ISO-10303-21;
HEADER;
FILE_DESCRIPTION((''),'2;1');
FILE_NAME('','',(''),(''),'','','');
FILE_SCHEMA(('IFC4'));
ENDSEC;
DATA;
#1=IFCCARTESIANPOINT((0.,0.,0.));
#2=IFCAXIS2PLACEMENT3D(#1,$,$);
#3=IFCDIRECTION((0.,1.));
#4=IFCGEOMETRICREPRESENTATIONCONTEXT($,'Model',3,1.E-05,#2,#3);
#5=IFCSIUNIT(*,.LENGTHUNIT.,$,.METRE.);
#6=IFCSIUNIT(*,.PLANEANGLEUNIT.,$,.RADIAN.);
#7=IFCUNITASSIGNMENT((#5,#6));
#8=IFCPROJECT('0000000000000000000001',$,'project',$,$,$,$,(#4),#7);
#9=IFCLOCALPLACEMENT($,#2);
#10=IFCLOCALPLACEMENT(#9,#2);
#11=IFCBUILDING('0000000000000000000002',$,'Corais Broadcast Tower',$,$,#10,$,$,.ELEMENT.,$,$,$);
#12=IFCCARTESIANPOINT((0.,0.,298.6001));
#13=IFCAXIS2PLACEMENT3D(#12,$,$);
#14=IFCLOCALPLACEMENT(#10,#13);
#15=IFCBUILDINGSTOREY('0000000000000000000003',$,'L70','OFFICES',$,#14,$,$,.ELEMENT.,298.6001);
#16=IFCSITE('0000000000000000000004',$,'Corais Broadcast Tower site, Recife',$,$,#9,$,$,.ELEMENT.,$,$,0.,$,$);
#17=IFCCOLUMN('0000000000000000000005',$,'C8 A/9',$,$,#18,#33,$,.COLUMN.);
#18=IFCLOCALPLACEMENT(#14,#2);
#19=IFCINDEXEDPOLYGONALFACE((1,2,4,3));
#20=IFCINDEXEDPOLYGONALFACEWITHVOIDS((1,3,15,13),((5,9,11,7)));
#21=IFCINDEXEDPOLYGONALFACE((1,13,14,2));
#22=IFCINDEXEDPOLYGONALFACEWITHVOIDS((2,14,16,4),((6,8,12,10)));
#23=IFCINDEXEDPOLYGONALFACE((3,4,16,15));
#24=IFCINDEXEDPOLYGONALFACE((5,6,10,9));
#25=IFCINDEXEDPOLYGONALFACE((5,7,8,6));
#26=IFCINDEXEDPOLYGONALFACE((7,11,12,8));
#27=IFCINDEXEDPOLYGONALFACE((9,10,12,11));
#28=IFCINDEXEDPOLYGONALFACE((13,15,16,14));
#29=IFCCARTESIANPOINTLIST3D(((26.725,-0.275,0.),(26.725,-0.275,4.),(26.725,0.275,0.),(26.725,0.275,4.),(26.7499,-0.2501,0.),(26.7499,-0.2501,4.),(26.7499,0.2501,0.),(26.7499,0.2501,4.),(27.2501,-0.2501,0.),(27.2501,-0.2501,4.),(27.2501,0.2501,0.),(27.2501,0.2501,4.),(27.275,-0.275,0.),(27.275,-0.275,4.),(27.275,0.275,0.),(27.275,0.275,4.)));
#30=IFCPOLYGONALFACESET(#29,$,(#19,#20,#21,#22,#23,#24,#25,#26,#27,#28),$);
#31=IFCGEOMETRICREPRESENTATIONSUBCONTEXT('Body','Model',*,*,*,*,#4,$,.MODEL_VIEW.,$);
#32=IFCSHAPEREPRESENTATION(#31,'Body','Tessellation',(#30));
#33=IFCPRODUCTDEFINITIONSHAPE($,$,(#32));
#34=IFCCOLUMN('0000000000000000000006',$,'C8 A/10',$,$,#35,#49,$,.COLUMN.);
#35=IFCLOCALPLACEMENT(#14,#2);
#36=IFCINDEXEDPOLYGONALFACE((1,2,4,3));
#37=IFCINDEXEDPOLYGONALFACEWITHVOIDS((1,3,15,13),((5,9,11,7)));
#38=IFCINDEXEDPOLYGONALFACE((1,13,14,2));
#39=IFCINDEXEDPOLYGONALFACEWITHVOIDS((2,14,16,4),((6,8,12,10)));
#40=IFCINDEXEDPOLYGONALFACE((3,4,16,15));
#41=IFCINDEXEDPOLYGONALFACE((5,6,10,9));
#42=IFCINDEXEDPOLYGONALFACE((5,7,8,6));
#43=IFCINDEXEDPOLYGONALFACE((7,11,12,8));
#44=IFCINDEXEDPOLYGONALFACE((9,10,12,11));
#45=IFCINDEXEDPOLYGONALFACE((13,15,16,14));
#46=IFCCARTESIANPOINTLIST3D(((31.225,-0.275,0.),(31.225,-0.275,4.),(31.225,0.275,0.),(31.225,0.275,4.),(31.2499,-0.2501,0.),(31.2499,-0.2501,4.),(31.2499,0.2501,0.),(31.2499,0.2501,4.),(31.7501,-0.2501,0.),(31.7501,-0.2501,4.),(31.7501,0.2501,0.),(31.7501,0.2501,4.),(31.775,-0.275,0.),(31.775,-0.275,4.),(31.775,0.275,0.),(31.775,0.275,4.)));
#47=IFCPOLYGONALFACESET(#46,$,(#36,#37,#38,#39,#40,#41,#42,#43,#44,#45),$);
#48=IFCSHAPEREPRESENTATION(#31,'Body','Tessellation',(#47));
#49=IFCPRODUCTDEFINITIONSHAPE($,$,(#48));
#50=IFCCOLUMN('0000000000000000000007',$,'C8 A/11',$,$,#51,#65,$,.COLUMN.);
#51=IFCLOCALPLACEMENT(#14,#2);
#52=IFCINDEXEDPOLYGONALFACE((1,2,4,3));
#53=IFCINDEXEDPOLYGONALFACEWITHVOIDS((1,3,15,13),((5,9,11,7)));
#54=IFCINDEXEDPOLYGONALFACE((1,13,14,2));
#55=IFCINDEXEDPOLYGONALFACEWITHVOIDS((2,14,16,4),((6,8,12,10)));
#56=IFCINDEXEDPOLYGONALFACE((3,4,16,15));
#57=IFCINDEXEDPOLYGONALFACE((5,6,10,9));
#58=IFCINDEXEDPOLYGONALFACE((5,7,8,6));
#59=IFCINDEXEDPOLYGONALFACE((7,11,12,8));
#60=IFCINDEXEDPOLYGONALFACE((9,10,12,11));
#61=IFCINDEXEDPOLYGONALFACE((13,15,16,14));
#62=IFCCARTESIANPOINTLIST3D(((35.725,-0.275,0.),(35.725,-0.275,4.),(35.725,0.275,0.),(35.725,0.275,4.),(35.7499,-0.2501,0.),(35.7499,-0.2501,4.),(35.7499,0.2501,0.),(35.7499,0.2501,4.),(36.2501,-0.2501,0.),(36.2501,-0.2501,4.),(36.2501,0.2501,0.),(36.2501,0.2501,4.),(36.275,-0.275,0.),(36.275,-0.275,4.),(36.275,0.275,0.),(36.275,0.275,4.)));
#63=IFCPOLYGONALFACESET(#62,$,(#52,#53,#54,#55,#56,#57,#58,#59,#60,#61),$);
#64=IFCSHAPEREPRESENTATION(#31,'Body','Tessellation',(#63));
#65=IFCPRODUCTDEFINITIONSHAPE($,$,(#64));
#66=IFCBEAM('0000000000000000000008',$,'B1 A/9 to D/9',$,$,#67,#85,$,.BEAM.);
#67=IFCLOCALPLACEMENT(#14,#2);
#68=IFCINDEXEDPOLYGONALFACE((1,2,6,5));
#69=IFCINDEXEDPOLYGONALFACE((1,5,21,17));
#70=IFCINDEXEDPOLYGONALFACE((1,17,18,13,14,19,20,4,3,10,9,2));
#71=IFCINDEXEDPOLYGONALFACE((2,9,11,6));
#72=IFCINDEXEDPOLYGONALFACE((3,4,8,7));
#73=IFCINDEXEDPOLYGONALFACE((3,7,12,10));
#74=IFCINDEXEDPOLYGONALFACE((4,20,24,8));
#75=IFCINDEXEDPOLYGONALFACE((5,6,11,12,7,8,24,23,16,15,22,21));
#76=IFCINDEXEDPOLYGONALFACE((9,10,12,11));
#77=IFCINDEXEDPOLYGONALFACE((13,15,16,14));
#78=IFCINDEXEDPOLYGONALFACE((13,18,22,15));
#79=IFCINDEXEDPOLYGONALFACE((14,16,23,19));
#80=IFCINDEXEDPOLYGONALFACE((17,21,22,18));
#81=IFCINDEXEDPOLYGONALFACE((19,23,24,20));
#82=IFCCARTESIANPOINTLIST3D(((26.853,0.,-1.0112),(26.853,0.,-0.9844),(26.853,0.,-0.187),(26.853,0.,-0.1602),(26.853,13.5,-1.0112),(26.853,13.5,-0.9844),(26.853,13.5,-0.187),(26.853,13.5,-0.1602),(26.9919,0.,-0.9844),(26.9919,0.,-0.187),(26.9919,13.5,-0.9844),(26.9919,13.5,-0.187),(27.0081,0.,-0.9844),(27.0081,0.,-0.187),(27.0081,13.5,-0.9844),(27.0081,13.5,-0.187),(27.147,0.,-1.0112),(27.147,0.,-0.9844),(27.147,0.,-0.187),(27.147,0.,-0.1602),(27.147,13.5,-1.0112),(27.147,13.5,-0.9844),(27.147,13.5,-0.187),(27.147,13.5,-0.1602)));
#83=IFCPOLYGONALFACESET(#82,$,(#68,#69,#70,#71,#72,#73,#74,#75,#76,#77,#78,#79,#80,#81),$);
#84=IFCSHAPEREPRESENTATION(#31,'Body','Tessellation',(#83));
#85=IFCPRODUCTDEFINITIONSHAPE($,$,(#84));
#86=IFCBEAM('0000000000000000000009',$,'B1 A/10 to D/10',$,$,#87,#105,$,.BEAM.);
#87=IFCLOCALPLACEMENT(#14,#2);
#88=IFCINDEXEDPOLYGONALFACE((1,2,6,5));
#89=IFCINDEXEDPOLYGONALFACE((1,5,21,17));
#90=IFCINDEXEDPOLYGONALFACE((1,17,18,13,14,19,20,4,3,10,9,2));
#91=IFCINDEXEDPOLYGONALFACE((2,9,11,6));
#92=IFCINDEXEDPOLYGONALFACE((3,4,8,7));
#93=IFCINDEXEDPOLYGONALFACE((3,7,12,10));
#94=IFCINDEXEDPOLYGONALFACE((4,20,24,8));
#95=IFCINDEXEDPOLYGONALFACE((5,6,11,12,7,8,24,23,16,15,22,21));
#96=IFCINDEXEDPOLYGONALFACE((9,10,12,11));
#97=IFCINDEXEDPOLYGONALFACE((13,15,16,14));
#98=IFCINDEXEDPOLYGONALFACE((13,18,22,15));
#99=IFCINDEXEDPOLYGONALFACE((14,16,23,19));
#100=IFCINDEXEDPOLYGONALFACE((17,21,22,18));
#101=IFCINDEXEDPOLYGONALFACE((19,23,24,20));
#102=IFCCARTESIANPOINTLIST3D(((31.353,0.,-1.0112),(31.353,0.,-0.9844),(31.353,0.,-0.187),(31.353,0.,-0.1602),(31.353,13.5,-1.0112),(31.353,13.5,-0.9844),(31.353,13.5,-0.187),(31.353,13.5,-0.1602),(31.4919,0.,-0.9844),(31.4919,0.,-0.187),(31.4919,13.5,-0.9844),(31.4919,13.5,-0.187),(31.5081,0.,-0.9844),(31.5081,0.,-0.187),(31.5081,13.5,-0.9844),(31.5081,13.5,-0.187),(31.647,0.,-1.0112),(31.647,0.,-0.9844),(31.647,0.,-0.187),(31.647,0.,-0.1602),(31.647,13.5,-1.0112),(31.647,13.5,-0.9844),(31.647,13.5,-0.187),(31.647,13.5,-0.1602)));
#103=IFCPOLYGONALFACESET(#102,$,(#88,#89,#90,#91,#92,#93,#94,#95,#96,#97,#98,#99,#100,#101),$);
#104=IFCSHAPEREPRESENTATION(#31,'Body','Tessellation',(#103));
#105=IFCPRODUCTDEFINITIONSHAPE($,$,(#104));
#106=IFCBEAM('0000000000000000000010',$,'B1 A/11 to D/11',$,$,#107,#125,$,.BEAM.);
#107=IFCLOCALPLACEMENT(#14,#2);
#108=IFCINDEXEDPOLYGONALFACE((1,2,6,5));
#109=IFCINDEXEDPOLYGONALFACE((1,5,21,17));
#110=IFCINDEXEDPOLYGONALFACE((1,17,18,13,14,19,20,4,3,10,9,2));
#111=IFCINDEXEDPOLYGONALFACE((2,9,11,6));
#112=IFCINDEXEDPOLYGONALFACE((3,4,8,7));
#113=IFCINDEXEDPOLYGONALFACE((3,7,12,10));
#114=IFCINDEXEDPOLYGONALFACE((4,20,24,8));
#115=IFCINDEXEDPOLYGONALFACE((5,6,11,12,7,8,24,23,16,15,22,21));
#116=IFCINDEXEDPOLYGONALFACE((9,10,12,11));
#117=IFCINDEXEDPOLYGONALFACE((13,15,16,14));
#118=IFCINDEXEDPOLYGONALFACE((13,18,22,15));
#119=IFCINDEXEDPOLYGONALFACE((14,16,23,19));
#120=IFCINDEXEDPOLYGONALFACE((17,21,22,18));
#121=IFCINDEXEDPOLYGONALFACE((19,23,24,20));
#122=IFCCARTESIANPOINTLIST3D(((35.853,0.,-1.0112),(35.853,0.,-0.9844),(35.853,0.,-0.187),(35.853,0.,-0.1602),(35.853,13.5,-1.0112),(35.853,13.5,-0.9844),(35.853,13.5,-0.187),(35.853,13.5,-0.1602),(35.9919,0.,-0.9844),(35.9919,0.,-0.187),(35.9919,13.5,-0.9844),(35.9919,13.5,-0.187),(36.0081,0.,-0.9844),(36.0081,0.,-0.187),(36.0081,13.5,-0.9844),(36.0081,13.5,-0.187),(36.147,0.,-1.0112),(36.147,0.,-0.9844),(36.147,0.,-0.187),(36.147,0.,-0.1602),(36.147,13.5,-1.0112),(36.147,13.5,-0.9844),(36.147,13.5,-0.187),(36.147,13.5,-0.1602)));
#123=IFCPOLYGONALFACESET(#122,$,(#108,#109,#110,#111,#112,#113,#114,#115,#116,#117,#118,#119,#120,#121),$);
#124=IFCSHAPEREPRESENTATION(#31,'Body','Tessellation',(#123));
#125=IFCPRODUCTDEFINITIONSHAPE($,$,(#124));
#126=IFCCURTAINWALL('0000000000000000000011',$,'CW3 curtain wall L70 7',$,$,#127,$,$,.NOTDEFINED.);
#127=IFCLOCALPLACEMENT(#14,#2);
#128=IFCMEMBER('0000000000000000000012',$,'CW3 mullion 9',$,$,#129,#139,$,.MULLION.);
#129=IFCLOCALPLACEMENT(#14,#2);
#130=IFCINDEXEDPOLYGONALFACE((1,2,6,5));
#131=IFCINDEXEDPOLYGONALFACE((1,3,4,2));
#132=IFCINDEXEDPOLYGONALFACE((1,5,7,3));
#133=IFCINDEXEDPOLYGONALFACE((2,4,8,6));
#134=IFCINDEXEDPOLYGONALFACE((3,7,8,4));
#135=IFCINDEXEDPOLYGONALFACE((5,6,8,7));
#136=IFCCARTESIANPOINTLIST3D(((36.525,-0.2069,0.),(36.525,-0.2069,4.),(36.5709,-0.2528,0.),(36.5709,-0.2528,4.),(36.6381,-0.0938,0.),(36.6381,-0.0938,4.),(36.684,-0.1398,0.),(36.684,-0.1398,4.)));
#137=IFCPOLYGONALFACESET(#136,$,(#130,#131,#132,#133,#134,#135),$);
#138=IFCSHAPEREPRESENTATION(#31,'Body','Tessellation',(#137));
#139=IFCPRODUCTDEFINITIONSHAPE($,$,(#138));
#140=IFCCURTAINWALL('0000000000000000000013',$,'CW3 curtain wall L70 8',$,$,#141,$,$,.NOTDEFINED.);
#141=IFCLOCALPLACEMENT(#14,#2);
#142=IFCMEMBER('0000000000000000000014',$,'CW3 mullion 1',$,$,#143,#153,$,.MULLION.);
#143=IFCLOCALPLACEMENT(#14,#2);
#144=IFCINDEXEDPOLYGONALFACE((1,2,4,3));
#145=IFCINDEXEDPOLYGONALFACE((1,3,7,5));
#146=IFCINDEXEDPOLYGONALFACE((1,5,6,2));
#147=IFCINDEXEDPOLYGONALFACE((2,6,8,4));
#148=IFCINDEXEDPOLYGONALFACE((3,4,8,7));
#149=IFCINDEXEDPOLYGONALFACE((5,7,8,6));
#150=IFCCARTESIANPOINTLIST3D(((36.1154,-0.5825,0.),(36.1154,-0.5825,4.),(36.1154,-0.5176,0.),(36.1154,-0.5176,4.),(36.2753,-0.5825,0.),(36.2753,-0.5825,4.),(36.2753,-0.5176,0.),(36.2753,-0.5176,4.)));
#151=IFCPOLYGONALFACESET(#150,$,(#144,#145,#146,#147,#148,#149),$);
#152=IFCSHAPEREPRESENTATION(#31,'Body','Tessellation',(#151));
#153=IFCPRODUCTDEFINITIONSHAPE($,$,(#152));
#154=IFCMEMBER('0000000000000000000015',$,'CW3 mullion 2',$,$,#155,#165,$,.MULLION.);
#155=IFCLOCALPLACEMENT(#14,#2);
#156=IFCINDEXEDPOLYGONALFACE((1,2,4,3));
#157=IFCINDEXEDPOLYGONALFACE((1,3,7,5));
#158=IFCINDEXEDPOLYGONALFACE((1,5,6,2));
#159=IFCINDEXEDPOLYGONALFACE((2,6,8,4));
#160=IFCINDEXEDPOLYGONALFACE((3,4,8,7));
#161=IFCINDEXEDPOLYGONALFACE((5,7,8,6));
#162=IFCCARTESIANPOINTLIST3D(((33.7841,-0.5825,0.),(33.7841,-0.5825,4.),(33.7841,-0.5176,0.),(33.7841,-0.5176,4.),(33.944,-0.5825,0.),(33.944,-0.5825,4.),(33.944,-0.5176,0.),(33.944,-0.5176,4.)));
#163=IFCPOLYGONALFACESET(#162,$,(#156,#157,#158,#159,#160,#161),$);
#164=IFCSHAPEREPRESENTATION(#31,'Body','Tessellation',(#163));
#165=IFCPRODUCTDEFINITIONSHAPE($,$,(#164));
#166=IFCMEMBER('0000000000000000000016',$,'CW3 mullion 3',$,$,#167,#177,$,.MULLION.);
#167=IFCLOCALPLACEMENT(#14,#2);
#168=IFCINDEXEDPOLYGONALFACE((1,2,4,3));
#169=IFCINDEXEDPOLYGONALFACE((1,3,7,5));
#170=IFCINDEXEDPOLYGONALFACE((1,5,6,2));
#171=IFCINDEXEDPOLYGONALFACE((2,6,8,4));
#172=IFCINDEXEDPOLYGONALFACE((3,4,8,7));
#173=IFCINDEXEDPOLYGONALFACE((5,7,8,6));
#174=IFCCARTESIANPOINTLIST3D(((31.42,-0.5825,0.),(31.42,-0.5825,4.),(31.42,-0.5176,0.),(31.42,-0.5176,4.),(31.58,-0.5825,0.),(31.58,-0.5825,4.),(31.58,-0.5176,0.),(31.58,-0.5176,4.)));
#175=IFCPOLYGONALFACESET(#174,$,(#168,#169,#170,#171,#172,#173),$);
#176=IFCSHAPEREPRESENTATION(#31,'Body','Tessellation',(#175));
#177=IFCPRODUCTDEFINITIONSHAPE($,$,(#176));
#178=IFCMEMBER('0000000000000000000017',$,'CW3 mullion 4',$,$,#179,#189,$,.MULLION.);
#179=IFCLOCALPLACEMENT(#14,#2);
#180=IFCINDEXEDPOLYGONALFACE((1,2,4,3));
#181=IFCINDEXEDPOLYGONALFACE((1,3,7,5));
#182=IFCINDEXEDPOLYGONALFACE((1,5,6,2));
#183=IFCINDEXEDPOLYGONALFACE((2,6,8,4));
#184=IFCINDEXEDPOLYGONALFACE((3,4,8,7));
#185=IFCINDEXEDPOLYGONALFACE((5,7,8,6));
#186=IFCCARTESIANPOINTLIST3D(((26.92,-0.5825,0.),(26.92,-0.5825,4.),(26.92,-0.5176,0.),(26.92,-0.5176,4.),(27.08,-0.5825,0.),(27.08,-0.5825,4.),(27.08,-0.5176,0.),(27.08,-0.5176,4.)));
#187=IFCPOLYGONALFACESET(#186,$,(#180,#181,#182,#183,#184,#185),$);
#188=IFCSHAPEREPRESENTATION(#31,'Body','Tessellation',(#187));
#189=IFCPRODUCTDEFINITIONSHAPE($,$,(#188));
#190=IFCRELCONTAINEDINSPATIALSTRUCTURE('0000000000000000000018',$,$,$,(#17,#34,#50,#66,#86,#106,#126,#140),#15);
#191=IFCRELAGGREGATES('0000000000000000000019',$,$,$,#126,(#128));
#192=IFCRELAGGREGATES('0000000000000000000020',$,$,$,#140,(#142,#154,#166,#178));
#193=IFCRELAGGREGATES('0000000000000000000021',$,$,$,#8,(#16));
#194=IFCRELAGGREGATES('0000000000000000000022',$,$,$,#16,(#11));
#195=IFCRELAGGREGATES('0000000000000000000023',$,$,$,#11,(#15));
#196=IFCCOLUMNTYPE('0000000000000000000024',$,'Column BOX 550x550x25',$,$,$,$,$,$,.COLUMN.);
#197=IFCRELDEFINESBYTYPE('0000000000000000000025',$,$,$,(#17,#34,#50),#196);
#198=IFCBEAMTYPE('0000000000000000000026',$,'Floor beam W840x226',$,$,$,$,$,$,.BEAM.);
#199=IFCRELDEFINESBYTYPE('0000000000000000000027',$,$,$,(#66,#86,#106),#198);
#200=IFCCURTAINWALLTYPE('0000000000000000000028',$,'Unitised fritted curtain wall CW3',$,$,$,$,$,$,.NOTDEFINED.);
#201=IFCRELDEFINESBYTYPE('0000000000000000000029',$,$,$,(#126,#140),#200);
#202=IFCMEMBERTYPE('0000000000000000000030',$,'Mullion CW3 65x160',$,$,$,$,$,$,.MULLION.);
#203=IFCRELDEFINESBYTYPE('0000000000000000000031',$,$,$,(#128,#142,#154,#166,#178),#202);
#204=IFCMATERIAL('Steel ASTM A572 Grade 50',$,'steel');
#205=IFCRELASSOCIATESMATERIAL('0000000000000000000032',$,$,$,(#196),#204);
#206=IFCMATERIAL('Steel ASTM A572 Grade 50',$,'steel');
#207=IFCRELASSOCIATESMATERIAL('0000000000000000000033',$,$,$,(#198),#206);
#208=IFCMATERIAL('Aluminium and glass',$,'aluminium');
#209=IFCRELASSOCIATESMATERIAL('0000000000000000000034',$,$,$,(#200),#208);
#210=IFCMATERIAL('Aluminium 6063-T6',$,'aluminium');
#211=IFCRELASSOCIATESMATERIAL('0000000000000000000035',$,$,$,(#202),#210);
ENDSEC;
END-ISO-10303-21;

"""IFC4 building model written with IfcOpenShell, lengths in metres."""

from ifc_helpers import new_model, si_unit, direction, frame, origin, origin_2d, place, context, subcontext, project, spatial, rectangle, hollow_rectangle, i_section, extrude, material, material_profile, profile_set, type_object, element, aggregate, save


model = new_model("IFC4")

# Units and contexts
model_context = context("Model", 3, precision=1e-05, world=origin(), true_north=direction((0.0, 1.0)))
body_context = subcontext(model_context, "Body", "Model", "MODEL_VIEW")
ifc_project = project(units=[si_unit("LENGTHUNIT", "METRE"), si_unit("PLANEANGLEUNIT", "RADIAN")], contexts=[model_context])

# Site, building, storey
site_placement = place(None, origin())
site = spatial("IfcSite", under=ifc_project, at=site_placement, Name="Corais Broadcast Tower site, Recife", CompositionType="ELEMENT", RefElevation=0.0)
building_placement = place(site_placement, origin())
building = spatial("IfcBuilding", under=site, at=building_placement, Name="Corais Broadcast Tower", CompositionType="ELEMENT")
storey_placement = place(building_placement, frame((0.0, 0.0, 298.6001)))
storey = spatial("IfcBuildingStorey", under=building, at=storey_placement, Name="L70", Description="OFFICES", CompositionType="ELEMENT", Elevation=298.6001)

# Columns
ifc_material_1 = material(Name="Steel ASTM A572 Grade 50", Category="steel")
ifc_material_profile_1 = material_profile(ifc_material_1, hollow_rectangle(XDim=0.55, YDim=0.55, WallThickness=0.0249, at=origin_2d()), Name="BOX 550x550x25")
ifc_profile_set_1 = profile_set([ifc_material_profile_1], Name="Steel ASTM A572 Grade 50")
column_type = type_object("IfcColumnType", Name="Column BOX 550x550x25", PredefinedType="COLUMN", material=ifc_profile_set_1)
for number, where, z_axis, x_axis, name in (
    (1, (27.0, 0.0, 0.0), (0.0, 0.0, 1.0), (1.0, 0.0, 0.0), "C8 A/9"),
    (2, (31.5, 0.0, 0.0), (0.0, 0.0, 1.0), (1.0, 0.0, 0.0), "C8 A/10"),
    (3, (36.0, 0.0, 0.0), (0.0, 0.0, 1.0), (1.0, 0.0, 0.0), "C8 A/11"),
):
    element("IfcColumn", number, at=place(storey_placement, frame(where, z_axis=z_axis, x_axis=x_axis)), inside=storey, type_object=column_type, Name=name, PredefinedType="COLUMN", context=body_context, shape_type="SweptSolid", body=[
        extrude(hollow_rectangle(XDim=0.55, YDim=0.55, WallThickness=0.0249, at=origin_2d()), origin(), (0.0, 0.0, 1.0), 4.0),
    ])

# Beams
ifc_material_2 = material(Name="Steel ASTM A572 Grade 50", Category="steel")
ifc_material_profile_2 = material_profile(ifc_material_2, i_section(OverallWidth=0.2939, OverallDepth=0.8511, WebThickness=0.0161, FlangeThickness=0.0269, at=origin_2d()), Name="W840x226")
ifc_profile_set_2 = profile_set([ifc_material_profile_2], Name="Steel ASTM A572 Grade 50")
beam_type_1 = type_object("IfcBeamType", Name="Floor beam W840x226", PredefinedType="BEAM", material=ifc_profile_set_2)
for number, where, z_axis, x_axis, name in (
    (4, (27.0, 0.0, -0.5857), (0.0, 1.0, 0.0), (-1.0, 0.0, 0.0), "B1 A/9 to D/9"),
    (5, (31.5, 0.0, -0.5857), (0.0, 1.0, 0.0), (-1.0, 0.0, 0.0), "B1 A/10 to D/10"),
    (6, (36.0, 0.0, -0.5857), (0.0, 1.0, 0.0), (-1.0, 0.0, 0.0), "B1 A/11 to D/11"),
):
    element("IfcBeam", number, at=place(storey_placement, frame(where, z_axis=z_axis, x_axis=x_axis)), inside=storey, type_object=beam_type_1, Name=name, PredefinedType="BEAM", context=body_context, shape_type="SweptSolid", body=[
        extrude(i_section(OverallWidth=0.2939, OverallDepth=0.8511, WebThickness=0.0161, FlangeThickness=0.0269, at=origin_2d()), origin(), (0.0, 0.0, 1.0), 13.5),
    ])

# Curtain wall, member
ifc_material_3 = material(Name="Aluminium and glass", Category="aluminium")
curtain_wall_type = type_object("IfcCurtainWallType", Name="Unitised fritted curtain wall CW3", PredefinedType="NOTDEFINED", material=ifc_material_3)
curtain_wall_1_placement = place(storey_placement, origin())
curtain_wall_1 = element("IfcCurtainWall", 7, at=curtain_wall_1_placement, inside=storey, type_object=curtain_wall_type, Name="CW3 curtain wall L70 7", PredefinedType="NOTDEFINED")
ifc_material_4 = material(Name="Aluminium 6063-T6", Category="aluminium")
ifc_material_profile_3 = material_profile(ifc_material_4, rectangle(XDim=0.0649, YDim=0.1599, at=origin_2d()), Name="Mullion CW3 65x160")
ifc_profile_set_3 = profile_set([ifc_material_profile_3], Name="Aluminium 6063-T6")
member_type_1 = type_object("IfcMemberType", Name="Mullion CW3 65x160", PredefinedType="MULLION", material=ifc_profile_set_3)
member_1_placement = place(storey_placement, frame((36.6045, -0.1733, 0.0), z_axis=(0.0, 0.0, 1.0), x_axis=(0.707107, -0.707107, 0.0)))
member_1 = element("IfcMember", 8, at=member_1_placement, type_object=member_type_1, Name="CW3 mullion 9", PredefinedType="MULLION", context=body_context, shape_type="SweptSolid", body=[
    extrude(rectangle(XDim=0.0649, YDim=0.1599, at=origin_2d()), origin(), (0.0, 0.0, 1.0), 4.0),
])
aggregate(curtain_wall_1, [member_1])

# Curtain wall, members
curtain_wall_2_placement = place(storey_placement, origin())
curtain_wall_2 = element("IfcCurtainWall", 9, at=curtain_wall_2_placement, inside=storey, type_object=curtain_wall_type, Name="CW3 curtain wall L70 8", PredefinedType="NOTDEFINED")
member_2_placement = place(storey_placement, frame((36.1953, -0.55, 0.0), z_axis=(0.0, 0.0, 1.0), x_axis=(0.0, -1.0, 0.0)))
member_2 = element("IfcMember", 10, at=member_2_placement, type_object=member_type_1, Name="CW3 mullion 1", PredefinedType="MULLION", context=body_context, shape_type="SweptSolid", body=[
    extrude(rectangle(XDim=0.0649, YDim=0.1599, at=origin_2d()), origin(), (0.0, 0.0, 1.0), 4.0),
])
member_3_placement = place(storey_placement, frame((33.864, -0.55, 0.0), z_axis=(0.0, 0.0, 1.0), x_axis=(0.0, -1.0, 0.0)))
member_3 = element("IfcMember", 11, at=member_3_placement, type_object=member_type_1, Name="CW3 mullion 2", PredefinedType="MULLION", context=body_context, shape_type="SweptSolid", body=[
    extrude(rectangle(XDim=0.0649, YDim=0.1599, at=origin_2d()), origin(), (0.0, 0.0, 1.0), 4.0),
])
member_4_placement = place(storey_placement, frame((31.5, -0.55, 0.0), z_axis=(0.0, 0.0, 1.0), x_axis=(0.0, -1.0, 0.0)))
member_4 = element("IfcMember", 12, at=member_4_placement, type_object=member_type_1, Name="CW3 mullion 3", PredefinedType="MULLION", context=body_context, shape_type="SweptSolid", body=[
    extrude(rectangle(XDim=0.0649, YDim=0.1599, at=origin_2d()), origin(), (0.0, 0.0, 1.0), 4.0),
])
member_5_placement = place(storey_placement, frame((27.0, -0.55, 0.0), z_axis=(0.0, 0.0, 1.0), x_axis=(0.0, -1.0, 0.0)))
member_5 = element("IfcMember", 13, at=member_5_placement, type_object=member_type_1, Name="CW3 mullion 4", PredefinedType="MULLION", context=body_context, shape_type="SweptSolid", body=[
    extrude(rectangle(XDim=0.0649, YDim=0.1599, at=origin_2d()), origin(), (0.0, 0.0, 1.0), 4.0),
])

aggregate(curtain_wall_2, [member_2, member_3, member_4, member_5])

save(model, "model.ifc")
